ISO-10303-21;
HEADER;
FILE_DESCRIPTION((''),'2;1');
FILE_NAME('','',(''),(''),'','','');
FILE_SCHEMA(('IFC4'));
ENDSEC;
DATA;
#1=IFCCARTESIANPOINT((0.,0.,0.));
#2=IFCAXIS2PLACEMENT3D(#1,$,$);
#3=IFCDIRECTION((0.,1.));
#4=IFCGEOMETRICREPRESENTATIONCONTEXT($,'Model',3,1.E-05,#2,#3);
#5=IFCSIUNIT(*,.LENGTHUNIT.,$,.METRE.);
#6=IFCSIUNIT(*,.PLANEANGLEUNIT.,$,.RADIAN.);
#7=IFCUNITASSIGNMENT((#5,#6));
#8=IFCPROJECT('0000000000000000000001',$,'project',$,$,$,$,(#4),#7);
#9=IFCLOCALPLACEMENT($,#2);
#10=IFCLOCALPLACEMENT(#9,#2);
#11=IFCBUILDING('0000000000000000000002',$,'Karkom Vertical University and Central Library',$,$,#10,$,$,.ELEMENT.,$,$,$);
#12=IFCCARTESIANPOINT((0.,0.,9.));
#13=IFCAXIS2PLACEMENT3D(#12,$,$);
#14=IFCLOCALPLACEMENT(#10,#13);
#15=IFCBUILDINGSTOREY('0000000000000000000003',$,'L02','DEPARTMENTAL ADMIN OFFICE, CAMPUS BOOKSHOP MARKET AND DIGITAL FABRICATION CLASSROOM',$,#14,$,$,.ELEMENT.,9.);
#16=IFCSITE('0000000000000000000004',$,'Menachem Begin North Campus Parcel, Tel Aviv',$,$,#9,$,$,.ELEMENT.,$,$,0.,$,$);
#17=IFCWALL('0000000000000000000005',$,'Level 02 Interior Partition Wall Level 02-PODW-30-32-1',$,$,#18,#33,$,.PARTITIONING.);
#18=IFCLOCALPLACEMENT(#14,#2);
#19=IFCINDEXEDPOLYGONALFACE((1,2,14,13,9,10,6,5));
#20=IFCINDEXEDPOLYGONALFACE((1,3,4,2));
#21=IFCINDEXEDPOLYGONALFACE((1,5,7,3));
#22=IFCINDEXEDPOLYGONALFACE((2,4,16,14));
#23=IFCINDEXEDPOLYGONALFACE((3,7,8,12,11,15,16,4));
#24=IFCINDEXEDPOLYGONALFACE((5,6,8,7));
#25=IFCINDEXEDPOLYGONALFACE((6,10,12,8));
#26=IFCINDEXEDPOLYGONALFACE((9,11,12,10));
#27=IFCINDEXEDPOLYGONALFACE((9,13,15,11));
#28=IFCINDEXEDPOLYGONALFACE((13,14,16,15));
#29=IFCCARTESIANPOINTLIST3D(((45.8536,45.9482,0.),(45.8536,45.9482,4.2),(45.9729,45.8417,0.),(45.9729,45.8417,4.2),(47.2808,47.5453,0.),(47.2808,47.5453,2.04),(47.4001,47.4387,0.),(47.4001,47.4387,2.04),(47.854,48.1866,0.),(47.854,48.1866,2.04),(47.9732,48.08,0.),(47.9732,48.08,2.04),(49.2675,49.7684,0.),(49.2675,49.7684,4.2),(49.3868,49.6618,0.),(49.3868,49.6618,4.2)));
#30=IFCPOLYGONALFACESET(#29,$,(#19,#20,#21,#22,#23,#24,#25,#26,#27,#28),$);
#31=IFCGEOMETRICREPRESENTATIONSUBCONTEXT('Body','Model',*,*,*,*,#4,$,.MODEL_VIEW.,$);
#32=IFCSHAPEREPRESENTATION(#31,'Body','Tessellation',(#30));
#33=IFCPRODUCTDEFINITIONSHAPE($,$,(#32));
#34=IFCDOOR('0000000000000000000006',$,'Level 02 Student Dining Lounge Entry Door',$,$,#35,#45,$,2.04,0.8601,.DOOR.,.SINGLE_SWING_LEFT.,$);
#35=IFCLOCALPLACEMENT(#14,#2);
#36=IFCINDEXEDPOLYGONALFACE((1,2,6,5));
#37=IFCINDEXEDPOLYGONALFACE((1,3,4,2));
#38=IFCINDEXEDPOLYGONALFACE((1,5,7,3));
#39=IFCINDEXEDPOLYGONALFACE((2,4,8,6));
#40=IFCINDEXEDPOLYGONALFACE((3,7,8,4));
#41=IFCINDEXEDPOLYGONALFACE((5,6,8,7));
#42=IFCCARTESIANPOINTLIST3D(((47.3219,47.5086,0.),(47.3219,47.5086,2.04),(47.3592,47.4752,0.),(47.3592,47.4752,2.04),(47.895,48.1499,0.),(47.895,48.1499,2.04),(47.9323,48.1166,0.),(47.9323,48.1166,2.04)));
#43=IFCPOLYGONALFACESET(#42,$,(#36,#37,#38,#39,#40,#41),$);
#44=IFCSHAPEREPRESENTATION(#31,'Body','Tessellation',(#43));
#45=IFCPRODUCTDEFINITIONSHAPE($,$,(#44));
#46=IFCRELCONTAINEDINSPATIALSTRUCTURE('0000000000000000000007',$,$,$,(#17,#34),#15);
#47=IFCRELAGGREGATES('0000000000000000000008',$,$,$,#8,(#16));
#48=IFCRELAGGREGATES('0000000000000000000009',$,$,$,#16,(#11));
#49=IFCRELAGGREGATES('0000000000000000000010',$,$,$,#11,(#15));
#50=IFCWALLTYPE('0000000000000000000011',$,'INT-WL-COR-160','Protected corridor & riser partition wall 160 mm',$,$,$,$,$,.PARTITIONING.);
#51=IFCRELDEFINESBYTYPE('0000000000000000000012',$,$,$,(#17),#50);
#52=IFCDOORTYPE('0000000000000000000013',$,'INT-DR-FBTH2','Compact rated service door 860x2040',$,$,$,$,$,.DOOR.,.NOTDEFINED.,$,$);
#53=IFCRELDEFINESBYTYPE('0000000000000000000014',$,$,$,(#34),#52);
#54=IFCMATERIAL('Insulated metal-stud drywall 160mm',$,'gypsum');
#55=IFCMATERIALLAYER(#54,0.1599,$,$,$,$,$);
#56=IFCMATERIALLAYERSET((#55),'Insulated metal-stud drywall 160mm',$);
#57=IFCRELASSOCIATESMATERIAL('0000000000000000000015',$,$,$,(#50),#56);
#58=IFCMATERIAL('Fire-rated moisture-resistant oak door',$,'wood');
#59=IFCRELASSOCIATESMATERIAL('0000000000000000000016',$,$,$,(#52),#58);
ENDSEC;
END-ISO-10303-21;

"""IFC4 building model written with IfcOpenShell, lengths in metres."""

from ifc_helpers import new_model, si_unit, direction, frame, frame_2d, origin, origin_with_axes, place, context, subcontext, project, spatial, rectangle, extrude, source, transform, mapped, material, layer, layer_set, type_object, element, fill, save


model = new_model("IFC4")

# Units and contexts
model_context = context("Model", 3, precision=1e-05, world=origin(), true_north=direction((0.0, 1.0)))
body_context = subcontext(model_context, "Body", "Model", "MODEL_VIEW")
ifc_project = project(units=[si_unit("LENGTHUNIT", "METRE"), si_unit("PLANEANGLEUNIT", "RADIAN")], contexts=[model_context])

# Site, building, storey
site_placement = place(None, origin())
site = spatial("IfcSite", under=ifc_project, at=site_placement, Name="Menachem Begin North Campus Parcel, Tel Aviv", CompositionType="ELEMENT", RefElevation=0.0)
building_placement = place(site_placement, origin())
building = spatial("IfcBuilding", under=site, at=building_placement, Name="Karkom Vertical University and Central Library", CompositionType="ELEMENT")
storey_placement = place(building_placement, frame((0.0, 0.0, 9.0)))
storey = spatial("IfcBuildingStorey", under=building, at=storey_placement, Name="L02", Description="DEPARTMENTAL ADMIN OFFICE, CAMPUS BOOKSHOP MARKET AND DIGITAL FABRICATION CLASSROOM", CompositionType="ELEMENT", Elevation=9.0)

# Shared definitions
ifc_material_1 = material(Name="Insulated metal-stud drywall 160mm", Category="gypsum")
ifc_layer = layer(ifc_material_1, 0.1599)
ifc_layer_set = layer_set([ifc_layer], Name="Insulated metal-stud drywall 160mm")
wall_type = type_object("IfcWallType", Name="INT-WL-COR-160", Description="Protected corridor & riser partition wall 160 mm", PredefinedType="PARTITIONING", material=ifc_layer_set)

# Shared definitions
ifc_material_2 = material(Name="Fire-rated moisture-resistant oak door", Category="wood")
door_type_1 = type_object("IfcDoorType", Name="INT-DR-FBTH2", Description="Compact rated service door 860x2040", OperationType="NOTDEFINED", PredefinedType="DOOR", material=ifc_material_2)
shared_shape_1 = source(origin_with_axes(), body_context, "Body", "SweptSolid", [
    extrude(rectangle(XDim=0.8601, YDim=2.04, at=frame_2d((0.4302, 1.02))), frame((0.0, 0.0249, 0.0), z_axis=(0.0, -1.0, 0.0), x_axis=(1.0, 0.0, 0.0)), (0.0, 0.0, 1.0), 0.05),
])

# Wall, opening, door
wall_1_placement = place(storey_placement, frame((45.9133, 45.895, 0.0), z_axis=(0.0, 0.0, 1.0), x_axis=(0.666346, 0.745642, 0.0)))
wall_1 = element("IfcWall", 1, at=wall_1_placement, inside=storey, type_object=wall_type, Name="Level 02 Interior Partition Wall Level 02-PODW-30-32-1", PredefinedType="PARTITIONING", context=body_context, shape_type="SweptSolid", body=[
    extrude(rectangle(XDim=5.1233, YDim=0.1599, at=frame_2d((2.5615, 0.0))), origin(), (0.0, 0.0, 1.0), 4.2),
])
opening_1_placement = place(wall_1_placement, frame((2.1416, 0.0, 0.0)))
opening_1 = element("IfcOpeningElement", 2, at=opening_1_placement, cuts=wall_1, PredefinedType="OPENING", context=body_context, shape_type="SweptSolid", body=[
    extrude(rectangle(XDim=0.8601, YDim=2.04, at=frame_2d((0.4302, 1.02))), frame((0.0, 0.0898, 0.0), z_axis=(0.0, -1.0, 0.0), x_axis=(1.0, 0.0, 0.0)), (0.0, 0.0, 1.0), 0.1799),
])
door_1_placement = place(opening_1_placement, origin())
door_1 = element("IfcDoor", 3, at=door_1_placement, inside=storey, type_object=door_type_1, Name="Level 02 Student Dining Lounge Entry Door", OperationType="SINGLE_SWING_LEFT", OverallHeight=2.04, OverallWidth=0.8601, PredefinedType="DOOR", context=body_context, shape_type="MappedRepresentation", body=[
    mapped(shared_shape_1, transform((0.0, 0.0, 0.0), scale=1.0)),
])
fill(opening_1, door_1)

save(model, "model.ifc")
